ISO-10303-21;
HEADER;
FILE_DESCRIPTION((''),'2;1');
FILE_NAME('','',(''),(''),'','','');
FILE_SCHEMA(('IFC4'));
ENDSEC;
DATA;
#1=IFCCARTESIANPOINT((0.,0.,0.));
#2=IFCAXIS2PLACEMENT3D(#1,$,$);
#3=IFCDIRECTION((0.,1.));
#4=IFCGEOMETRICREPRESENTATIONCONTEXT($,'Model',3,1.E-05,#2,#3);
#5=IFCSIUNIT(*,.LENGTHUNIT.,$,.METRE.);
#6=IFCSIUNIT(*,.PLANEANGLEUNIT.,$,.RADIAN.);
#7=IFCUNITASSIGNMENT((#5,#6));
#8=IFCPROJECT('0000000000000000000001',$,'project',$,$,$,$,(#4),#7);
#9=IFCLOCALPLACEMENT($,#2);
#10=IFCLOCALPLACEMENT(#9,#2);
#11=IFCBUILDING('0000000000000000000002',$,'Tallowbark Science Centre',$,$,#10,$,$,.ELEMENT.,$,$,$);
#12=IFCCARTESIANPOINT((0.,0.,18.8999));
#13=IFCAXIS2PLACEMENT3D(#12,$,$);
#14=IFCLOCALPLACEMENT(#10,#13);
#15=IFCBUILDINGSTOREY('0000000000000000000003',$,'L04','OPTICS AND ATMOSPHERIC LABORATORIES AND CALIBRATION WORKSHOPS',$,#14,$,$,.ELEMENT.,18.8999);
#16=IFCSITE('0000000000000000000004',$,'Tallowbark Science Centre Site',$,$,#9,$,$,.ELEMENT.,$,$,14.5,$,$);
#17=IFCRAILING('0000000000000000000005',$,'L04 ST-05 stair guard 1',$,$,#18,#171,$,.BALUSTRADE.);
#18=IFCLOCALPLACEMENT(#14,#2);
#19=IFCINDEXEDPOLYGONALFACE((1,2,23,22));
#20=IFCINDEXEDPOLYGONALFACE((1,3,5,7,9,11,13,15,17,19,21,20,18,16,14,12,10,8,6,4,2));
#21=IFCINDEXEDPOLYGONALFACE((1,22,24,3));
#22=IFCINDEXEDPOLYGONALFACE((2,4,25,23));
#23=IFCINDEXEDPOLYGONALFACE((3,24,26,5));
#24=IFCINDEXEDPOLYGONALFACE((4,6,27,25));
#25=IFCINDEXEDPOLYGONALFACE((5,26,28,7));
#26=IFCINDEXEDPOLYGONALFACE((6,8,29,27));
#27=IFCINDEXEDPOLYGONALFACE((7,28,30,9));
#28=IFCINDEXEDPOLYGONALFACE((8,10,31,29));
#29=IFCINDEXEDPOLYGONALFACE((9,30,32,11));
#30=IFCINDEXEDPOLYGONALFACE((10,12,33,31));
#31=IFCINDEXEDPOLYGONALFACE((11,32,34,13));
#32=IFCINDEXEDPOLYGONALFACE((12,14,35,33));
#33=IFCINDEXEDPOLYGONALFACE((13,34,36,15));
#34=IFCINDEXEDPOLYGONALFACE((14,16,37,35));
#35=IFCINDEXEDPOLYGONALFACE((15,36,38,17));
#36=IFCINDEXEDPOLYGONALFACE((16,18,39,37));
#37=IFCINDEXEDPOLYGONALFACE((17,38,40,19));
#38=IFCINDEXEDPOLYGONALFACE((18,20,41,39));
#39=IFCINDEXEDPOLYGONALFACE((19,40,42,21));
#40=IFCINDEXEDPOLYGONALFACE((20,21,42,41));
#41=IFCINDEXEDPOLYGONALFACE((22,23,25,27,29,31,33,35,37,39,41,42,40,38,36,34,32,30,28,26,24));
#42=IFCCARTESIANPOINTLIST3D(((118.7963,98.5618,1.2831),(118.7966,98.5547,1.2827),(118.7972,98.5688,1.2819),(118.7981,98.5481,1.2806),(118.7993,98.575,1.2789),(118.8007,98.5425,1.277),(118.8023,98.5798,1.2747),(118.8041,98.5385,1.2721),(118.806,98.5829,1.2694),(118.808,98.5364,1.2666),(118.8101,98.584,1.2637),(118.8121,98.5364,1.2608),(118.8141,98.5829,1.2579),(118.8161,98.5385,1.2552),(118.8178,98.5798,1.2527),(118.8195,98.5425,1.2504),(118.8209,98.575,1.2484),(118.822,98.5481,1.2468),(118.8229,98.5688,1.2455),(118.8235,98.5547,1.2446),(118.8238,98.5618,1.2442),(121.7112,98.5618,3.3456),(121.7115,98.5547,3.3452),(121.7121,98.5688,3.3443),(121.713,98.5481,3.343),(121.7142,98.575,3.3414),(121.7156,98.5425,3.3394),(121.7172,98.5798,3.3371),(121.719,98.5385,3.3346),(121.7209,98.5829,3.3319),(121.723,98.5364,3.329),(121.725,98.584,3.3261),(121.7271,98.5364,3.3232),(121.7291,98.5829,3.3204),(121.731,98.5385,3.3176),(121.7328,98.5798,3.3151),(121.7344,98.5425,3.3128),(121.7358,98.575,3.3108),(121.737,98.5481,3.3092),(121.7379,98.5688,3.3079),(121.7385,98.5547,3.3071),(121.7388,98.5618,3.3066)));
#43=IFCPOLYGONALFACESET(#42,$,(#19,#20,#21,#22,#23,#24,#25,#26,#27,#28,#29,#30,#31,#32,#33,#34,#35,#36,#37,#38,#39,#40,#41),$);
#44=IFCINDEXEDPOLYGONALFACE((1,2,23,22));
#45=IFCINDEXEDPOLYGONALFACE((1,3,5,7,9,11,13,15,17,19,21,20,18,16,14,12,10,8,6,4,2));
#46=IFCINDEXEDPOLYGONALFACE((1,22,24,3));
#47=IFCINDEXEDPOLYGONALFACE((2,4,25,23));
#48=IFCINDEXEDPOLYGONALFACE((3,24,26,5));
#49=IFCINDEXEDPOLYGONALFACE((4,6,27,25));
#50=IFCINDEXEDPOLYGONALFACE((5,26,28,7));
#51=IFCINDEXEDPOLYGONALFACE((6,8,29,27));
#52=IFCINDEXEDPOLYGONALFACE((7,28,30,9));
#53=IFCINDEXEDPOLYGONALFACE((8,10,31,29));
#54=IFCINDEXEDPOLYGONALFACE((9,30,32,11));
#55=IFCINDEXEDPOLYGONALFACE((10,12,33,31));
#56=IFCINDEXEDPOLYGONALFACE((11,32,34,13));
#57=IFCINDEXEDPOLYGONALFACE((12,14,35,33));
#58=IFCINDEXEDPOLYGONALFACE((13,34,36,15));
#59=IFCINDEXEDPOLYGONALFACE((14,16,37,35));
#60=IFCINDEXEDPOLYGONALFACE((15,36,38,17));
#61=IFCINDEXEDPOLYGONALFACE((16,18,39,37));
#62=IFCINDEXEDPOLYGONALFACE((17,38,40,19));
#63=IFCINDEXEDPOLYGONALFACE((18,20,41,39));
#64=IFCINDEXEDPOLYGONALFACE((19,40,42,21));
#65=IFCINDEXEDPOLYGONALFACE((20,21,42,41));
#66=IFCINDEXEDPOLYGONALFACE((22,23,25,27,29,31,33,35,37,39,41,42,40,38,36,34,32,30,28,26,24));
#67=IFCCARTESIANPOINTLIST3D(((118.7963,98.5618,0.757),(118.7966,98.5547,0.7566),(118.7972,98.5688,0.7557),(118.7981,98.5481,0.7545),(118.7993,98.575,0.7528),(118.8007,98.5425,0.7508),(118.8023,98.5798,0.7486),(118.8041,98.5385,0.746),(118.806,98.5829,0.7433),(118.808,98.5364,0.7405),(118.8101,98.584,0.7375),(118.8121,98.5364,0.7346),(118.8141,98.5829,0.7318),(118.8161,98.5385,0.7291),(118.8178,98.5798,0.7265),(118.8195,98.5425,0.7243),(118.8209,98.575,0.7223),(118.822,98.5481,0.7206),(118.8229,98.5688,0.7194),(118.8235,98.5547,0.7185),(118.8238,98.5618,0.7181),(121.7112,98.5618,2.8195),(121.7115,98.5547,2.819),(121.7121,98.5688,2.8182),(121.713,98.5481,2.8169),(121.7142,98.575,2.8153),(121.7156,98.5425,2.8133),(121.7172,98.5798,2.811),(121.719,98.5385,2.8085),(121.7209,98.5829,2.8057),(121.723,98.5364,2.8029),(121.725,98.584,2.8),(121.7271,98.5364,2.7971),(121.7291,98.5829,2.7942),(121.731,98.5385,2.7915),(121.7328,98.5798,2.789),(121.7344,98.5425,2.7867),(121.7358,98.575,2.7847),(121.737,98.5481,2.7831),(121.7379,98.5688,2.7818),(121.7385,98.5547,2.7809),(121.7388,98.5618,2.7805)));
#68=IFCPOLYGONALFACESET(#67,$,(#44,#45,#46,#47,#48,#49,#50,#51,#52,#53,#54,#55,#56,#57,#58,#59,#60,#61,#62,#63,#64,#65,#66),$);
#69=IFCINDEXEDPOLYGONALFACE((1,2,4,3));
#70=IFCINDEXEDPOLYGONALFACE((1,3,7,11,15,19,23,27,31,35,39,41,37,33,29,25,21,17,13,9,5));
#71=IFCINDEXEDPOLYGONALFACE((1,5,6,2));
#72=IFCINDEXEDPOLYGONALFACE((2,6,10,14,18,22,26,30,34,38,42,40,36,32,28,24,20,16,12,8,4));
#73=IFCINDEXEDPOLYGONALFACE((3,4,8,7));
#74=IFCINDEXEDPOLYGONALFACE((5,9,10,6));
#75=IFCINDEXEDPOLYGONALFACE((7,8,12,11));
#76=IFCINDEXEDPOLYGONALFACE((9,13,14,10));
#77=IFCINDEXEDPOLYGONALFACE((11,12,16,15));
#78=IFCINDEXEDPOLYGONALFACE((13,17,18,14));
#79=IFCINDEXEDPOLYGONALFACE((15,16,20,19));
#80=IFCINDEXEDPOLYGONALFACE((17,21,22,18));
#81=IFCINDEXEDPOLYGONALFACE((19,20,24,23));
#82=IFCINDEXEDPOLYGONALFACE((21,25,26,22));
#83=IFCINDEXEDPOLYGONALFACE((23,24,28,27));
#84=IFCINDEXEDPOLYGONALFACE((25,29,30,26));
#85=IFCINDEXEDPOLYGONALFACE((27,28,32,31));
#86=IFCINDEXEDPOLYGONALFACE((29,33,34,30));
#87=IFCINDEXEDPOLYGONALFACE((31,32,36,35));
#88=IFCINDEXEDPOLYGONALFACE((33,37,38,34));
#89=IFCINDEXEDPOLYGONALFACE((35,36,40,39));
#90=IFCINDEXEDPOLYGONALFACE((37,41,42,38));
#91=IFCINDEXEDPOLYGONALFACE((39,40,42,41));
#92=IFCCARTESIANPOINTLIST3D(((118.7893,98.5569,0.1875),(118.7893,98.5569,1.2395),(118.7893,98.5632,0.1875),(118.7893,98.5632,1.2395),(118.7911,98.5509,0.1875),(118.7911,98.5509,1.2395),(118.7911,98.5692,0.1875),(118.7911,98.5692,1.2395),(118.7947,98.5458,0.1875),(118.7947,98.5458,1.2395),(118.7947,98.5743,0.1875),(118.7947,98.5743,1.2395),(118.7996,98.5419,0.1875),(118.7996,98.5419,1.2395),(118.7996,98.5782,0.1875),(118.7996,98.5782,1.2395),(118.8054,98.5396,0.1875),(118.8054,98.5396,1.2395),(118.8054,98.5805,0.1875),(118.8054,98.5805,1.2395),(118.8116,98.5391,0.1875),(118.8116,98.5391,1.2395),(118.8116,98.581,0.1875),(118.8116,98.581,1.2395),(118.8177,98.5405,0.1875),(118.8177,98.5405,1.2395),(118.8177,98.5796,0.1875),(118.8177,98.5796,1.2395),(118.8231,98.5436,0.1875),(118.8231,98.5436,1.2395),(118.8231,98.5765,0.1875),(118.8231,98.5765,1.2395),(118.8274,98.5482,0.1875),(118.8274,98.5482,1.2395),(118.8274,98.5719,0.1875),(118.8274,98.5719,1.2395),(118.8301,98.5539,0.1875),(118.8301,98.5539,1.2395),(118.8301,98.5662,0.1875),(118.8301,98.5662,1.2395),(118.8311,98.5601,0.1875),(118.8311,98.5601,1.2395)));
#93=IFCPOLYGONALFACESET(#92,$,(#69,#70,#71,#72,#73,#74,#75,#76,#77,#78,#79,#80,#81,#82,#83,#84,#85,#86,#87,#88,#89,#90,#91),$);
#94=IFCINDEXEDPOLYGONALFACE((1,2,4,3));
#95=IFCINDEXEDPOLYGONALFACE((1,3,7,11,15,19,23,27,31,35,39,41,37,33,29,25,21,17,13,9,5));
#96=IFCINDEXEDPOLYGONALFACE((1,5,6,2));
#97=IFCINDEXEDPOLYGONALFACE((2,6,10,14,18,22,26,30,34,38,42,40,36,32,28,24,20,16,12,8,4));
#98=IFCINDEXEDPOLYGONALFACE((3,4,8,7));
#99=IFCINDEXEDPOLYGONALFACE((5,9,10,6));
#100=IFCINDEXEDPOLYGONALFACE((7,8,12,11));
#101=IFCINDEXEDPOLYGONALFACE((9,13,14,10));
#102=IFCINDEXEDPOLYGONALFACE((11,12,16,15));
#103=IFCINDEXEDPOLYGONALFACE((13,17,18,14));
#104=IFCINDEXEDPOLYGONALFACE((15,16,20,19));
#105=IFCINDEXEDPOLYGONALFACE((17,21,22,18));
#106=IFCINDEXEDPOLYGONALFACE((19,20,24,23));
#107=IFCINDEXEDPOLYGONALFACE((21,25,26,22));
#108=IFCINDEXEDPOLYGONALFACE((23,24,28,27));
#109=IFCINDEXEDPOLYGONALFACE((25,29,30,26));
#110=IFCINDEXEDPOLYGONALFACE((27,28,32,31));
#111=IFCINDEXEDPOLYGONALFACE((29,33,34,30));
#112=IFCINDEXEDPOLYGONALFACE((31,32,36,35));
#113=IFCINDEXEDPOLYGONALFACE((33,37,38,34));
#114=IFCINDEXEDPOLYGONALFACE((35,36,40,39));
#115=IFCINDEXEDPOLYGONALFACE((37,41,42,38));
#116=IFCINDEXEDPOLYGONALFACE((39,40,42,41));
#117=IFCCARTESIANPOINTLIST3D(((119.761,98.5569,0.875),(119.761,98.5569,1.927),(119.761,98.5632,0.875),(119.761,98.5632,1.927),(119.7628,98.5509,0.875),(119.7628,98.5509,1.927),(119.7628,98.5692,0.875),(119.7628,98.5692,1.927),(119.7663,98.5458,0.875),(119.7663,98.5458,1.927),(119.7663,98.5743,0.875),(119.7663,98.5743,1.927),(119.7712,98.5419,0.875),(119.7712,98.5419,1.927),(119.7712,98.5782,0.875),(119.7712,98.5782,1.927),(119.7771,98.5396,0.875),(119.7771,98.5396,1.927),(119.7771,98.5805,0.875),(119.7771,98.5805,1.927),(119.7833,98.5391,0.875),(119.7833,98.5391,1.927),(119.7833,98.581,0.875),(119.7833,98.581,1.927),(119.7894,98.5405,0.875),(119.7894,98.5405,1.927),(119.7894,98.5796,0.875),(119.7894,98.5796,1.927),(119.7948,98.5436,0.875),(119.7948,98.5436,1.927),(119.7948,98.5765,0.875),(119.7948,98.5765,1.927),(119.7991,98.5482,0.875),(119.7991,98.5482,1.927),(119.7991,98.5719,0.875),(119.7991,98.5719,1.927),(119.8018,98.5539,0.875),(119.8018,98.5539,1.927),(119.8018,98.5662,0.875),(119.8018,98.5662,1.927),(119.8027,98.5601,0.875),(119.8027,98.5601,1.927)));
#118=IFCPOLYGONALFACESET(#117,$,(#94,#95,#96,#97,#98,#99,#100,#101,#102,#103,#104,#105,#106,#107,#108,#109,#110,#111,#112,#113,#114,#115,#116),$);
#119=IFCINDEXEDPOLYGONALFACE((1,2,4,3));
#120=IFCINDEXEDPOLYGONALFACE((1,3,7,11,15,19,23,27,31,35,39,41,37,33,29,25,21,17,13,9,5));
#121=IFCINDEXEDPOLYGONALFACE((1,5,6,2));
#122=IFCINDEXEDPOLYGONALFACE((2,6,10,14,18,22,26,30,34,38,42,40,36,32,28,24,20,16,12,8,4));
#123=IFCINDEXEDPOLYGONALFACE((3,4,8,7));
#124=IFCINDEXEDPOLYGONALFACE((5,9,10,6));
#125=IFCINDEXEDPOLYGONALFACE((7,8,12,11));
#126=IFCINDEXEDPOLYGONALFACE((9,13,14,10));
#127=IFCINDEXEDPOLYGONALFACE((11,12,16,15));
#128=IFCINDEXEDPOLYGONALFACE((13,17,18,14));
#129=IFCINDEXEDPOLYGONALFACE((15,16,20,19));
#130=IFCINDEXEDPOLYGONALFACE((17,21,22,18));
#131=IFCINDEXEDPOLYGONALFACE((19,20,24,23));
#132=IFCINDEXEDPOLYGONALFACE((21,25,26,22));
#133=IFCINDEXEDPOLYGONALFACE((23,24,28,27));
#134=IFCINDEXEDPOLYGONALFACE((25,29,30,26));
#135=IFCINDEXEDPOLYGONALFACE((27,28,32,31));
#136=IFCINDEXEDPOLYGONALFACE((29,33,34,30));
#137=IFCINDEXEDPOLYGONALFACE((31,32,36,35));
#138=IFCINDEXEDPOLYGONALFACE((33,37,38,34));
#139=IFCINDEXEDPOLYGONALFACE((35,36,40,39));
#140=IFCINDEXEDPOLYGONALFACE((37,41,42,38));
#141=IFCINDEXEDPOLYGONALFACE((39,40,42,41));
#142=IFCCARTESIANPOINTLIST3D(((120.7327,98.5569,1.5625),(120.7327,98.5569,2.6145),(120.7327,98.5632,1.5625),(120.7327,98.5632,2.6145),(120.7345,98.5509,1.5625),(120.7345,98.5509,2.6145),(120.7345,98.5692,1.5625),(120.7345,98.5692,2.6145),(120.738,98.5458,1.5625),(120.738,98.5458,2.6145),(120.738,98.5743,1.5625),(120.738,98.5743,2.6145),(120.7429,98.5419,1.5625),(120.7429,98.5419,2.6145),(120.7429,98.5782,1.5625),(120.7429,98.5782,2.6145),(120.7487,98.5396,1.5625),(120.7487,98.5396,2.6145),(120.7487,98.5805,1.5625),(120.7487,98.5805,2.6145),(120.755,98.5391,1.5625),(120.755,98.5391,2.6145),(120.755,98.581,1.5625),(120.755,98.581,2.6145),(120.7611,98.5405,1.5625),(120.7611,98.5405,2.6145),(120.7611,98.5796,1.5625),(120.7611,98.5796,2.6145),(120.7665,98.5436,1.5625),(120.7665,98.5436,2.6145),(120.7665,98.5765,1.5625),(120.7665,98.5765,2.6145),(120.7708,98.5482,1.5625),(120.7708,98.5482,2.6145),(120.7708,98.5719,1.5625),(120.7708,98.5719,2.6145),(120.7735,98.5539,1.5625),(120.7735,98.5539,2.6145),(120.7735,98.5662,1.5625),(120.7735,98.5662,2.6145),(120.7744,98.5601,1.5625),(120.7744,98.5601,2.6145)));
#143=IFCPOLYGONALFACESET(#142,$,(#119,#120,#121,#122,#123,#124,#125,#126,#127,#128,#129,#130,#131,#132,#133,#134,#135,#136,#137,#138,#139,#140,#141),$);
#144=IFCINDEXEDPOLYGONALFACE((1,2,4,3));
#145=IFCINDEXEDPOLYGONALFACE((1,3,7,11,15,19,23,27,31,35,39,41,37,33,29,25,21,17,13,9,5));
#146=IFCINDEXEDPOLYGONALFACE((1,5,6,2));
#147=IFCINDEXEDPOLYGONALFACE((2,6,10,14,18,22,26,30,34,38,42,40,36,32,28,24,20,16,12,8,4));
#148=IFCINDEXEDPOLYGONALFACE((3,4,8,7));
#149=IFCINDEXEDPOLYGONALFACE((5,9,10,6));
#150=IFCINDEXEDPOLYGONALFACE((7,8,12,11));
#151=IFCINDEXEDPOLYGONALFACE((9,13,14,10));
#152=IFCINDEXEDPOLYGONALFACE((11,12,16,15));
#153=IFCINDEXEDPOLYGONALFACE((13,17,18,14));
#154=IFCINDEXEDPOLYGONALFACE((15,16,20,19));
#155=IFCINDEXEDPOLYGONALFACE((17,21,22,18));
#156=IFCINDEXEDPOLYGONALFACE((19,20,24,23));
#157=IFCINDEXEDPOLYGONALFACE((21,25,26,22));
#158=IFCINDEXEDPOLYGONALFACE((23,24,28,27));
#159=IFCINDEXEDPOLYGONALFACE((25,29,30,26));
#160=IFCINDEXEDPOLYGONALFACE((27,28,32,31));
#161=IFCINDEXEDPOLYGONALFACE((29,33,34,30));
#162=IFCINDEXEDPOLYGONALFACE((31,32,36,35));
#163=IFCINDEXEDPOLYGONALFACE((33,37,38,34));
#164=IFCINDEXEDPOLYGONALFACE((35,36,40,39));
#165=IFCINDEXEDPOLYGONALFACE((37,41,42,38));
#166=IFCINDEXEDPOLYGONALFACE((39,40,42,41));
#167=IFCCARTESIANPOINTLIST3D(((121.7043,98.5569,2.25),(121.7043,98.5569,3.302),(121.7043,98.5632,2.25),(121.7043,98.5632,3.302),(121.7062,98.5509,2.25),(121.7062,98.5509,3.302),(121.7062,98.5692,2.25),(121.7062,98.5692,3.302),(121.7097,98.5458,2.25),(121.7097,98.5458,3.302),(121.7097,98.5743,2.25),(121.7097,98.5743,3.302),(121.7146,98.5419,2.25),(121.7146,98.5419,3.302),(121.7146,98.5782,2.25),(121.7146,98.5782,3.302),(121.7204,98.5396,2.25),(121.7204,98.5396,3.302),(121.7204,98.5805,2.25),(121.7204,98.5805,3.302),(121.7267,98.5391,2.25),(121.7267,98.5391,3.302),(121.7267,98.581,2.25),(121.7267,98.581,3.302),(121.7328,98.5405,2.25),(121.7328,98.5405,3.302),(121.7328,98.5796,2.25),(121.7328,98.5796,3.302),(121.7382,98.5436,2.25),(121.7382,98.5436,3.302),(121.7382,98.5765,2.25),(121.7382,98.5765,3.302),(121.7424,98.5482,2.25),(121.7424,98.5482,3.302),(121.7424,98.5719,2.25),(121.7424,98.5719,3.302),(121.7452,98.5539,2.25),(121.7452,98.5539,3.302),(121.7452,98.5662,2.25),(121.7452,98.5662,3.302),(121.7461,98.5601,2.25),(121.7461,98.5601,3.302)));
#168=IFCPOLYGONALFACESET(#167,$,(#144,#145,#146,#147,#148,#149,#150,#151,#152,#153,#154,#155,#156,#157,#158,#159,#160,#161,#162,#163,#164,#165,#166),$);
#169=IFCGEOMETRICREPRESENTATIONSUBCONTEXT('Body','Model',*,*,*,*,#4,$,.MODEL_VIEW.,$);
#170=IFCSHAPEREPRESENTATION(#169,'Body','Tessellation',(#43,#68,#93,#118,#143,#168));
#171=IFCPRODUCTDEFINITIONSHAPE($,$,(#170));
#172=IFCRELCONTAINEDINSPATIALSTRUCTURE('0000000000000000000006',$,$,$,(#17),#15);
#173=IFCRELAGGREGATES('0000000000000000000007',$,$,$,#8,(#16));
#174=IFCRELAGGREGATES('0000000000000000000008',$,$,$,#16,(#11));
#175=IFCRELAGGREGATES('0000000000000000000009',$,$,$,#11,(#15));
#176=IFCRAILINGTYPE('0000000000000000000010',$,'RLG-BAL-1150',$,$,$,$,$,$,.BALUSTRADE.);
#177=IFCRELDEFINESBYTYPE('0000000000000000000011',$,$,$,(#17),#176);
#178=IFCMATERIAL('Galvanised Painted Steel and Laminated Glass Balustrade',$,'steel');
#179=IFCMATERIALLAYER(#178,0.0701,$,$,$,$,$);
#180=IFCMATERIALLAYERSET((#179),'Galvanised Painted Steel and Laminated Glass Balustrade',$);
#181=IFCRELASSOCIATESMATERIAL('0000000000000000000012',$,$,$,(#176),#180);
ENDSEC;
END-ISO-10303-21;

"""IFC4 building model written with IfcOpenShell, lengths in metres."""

from ifc_helpers import new_model, si_unit, direction, frame, origin, origin_2d, place, context, subcontext, project, spatial, circle, extrude, material, layer, layer_set, type_object, element, save


model = new_model("IFC4")

# Units and contexts
model_context = context("Model", 3, precision=1e-05, world=origin(), true_north=direction((0.0, 1.0)))
body_context = subcontext(model_context, "Body", "Model", "MODEL_VIEW")
ifc_project = project(units=[si_unit("LENGTHUNIT", "METRE"), si_unit("PLANEANGLEUNIT", "RADIAN")], contexts=[model_context])

# Site, building, storey
site_placement = place(None, origin())
site = spatial("IfcSite", under=ifc_project, at=site_placement, Name="Tallowbark Science Centre Site", CompositionType="ELEMENT", RefElevation=14.5)
building_placement = place(site_placement, origin())
building = spatial("IfcBuilding", under=site, at=building_placement, Name="Tallowbark Science Centre", CompositionType="ELEMENT")
storey_placement = place(building_placement, frame((0.0, 0.0, 18.8999)))
storey = spatial("IfcBuildingStorey", under=building, at=storey_placement, Name="L04", Description="OPTICS AND ATMOSPHERIC LABORATORIES AND CALIBRATION WORKSHOPS", CompositionType="ELEMENT", Elevation=18.8999)

# Railing
ifc_material_1 = material(Name="Galvanised Painted Steel and Laminated Glass Balustrade", Category="steel")
ifc_layer_1 = layer(ifc_material_1, 0.0701)
ifc_layer_set_1 = layer_set([ifc_layer_1], Name="Galvanised Painted Steel and Laminated Glass Balustrade")
railing_type_1 = type_object("IfcRailingType", Name="RLG-BAL-1150", PredefinedType="BALUSTRADE", material=ifc_layer_set_1)
railing_1_placement = place(storey_placement, frame((118.8101, 98.5601, 0.1875)))
element("IfcRailing", 1, at=railing_1_placement, inside=storey, type_object=railing_type_1, Name="L04 ST-05 stair guard 1", PredefinedType="BALUSTRADE", context=body_context, shape_type="SweptSolid", body=[
    extrude(circle(Radius=0.0239, at=origin_2d()), frame((0.0, 0.0, 1.0762), z_axis=(0.816331, 0.0, 0.577585), x_axis=(0.0, 1.0, 0.0)), (0.0, 0.0, 1.0), 3.5708),
    extrude(circle(Radius=0.0239, at=origin_2d()), frame((0.0, 0.0, 0.55), z_axis=(0.816331, 0.0, 0.577585), x_axis=(0.0, 1.0, 0.0)), (0.0, 0.0, 1.0), 3.5708),
    extrude(circle(Radius=0.021, at=origin_2d()), origin(), (0.0, 0.0, 1.0), 1.052),
    extrude(circle(Radius=0.021, at=origin_2d()), frame((0.9717, 0.0, 0.6875)), (0.0, 0.0, 1.0), 1.052),
    extrude(circle(Radius=0.021, at=origin_2d()), frame((1.9434, 0.0, 1.375)), (0.0, 0.0, 1.0), 1.052),
    extrude(circle(Radius=0.021, at=origin_2d()), frame((2.915, 0.0, 2.0625)), (0.0, 0.0, 1.0), 1.052),
])

save(model, "model.ifc")
